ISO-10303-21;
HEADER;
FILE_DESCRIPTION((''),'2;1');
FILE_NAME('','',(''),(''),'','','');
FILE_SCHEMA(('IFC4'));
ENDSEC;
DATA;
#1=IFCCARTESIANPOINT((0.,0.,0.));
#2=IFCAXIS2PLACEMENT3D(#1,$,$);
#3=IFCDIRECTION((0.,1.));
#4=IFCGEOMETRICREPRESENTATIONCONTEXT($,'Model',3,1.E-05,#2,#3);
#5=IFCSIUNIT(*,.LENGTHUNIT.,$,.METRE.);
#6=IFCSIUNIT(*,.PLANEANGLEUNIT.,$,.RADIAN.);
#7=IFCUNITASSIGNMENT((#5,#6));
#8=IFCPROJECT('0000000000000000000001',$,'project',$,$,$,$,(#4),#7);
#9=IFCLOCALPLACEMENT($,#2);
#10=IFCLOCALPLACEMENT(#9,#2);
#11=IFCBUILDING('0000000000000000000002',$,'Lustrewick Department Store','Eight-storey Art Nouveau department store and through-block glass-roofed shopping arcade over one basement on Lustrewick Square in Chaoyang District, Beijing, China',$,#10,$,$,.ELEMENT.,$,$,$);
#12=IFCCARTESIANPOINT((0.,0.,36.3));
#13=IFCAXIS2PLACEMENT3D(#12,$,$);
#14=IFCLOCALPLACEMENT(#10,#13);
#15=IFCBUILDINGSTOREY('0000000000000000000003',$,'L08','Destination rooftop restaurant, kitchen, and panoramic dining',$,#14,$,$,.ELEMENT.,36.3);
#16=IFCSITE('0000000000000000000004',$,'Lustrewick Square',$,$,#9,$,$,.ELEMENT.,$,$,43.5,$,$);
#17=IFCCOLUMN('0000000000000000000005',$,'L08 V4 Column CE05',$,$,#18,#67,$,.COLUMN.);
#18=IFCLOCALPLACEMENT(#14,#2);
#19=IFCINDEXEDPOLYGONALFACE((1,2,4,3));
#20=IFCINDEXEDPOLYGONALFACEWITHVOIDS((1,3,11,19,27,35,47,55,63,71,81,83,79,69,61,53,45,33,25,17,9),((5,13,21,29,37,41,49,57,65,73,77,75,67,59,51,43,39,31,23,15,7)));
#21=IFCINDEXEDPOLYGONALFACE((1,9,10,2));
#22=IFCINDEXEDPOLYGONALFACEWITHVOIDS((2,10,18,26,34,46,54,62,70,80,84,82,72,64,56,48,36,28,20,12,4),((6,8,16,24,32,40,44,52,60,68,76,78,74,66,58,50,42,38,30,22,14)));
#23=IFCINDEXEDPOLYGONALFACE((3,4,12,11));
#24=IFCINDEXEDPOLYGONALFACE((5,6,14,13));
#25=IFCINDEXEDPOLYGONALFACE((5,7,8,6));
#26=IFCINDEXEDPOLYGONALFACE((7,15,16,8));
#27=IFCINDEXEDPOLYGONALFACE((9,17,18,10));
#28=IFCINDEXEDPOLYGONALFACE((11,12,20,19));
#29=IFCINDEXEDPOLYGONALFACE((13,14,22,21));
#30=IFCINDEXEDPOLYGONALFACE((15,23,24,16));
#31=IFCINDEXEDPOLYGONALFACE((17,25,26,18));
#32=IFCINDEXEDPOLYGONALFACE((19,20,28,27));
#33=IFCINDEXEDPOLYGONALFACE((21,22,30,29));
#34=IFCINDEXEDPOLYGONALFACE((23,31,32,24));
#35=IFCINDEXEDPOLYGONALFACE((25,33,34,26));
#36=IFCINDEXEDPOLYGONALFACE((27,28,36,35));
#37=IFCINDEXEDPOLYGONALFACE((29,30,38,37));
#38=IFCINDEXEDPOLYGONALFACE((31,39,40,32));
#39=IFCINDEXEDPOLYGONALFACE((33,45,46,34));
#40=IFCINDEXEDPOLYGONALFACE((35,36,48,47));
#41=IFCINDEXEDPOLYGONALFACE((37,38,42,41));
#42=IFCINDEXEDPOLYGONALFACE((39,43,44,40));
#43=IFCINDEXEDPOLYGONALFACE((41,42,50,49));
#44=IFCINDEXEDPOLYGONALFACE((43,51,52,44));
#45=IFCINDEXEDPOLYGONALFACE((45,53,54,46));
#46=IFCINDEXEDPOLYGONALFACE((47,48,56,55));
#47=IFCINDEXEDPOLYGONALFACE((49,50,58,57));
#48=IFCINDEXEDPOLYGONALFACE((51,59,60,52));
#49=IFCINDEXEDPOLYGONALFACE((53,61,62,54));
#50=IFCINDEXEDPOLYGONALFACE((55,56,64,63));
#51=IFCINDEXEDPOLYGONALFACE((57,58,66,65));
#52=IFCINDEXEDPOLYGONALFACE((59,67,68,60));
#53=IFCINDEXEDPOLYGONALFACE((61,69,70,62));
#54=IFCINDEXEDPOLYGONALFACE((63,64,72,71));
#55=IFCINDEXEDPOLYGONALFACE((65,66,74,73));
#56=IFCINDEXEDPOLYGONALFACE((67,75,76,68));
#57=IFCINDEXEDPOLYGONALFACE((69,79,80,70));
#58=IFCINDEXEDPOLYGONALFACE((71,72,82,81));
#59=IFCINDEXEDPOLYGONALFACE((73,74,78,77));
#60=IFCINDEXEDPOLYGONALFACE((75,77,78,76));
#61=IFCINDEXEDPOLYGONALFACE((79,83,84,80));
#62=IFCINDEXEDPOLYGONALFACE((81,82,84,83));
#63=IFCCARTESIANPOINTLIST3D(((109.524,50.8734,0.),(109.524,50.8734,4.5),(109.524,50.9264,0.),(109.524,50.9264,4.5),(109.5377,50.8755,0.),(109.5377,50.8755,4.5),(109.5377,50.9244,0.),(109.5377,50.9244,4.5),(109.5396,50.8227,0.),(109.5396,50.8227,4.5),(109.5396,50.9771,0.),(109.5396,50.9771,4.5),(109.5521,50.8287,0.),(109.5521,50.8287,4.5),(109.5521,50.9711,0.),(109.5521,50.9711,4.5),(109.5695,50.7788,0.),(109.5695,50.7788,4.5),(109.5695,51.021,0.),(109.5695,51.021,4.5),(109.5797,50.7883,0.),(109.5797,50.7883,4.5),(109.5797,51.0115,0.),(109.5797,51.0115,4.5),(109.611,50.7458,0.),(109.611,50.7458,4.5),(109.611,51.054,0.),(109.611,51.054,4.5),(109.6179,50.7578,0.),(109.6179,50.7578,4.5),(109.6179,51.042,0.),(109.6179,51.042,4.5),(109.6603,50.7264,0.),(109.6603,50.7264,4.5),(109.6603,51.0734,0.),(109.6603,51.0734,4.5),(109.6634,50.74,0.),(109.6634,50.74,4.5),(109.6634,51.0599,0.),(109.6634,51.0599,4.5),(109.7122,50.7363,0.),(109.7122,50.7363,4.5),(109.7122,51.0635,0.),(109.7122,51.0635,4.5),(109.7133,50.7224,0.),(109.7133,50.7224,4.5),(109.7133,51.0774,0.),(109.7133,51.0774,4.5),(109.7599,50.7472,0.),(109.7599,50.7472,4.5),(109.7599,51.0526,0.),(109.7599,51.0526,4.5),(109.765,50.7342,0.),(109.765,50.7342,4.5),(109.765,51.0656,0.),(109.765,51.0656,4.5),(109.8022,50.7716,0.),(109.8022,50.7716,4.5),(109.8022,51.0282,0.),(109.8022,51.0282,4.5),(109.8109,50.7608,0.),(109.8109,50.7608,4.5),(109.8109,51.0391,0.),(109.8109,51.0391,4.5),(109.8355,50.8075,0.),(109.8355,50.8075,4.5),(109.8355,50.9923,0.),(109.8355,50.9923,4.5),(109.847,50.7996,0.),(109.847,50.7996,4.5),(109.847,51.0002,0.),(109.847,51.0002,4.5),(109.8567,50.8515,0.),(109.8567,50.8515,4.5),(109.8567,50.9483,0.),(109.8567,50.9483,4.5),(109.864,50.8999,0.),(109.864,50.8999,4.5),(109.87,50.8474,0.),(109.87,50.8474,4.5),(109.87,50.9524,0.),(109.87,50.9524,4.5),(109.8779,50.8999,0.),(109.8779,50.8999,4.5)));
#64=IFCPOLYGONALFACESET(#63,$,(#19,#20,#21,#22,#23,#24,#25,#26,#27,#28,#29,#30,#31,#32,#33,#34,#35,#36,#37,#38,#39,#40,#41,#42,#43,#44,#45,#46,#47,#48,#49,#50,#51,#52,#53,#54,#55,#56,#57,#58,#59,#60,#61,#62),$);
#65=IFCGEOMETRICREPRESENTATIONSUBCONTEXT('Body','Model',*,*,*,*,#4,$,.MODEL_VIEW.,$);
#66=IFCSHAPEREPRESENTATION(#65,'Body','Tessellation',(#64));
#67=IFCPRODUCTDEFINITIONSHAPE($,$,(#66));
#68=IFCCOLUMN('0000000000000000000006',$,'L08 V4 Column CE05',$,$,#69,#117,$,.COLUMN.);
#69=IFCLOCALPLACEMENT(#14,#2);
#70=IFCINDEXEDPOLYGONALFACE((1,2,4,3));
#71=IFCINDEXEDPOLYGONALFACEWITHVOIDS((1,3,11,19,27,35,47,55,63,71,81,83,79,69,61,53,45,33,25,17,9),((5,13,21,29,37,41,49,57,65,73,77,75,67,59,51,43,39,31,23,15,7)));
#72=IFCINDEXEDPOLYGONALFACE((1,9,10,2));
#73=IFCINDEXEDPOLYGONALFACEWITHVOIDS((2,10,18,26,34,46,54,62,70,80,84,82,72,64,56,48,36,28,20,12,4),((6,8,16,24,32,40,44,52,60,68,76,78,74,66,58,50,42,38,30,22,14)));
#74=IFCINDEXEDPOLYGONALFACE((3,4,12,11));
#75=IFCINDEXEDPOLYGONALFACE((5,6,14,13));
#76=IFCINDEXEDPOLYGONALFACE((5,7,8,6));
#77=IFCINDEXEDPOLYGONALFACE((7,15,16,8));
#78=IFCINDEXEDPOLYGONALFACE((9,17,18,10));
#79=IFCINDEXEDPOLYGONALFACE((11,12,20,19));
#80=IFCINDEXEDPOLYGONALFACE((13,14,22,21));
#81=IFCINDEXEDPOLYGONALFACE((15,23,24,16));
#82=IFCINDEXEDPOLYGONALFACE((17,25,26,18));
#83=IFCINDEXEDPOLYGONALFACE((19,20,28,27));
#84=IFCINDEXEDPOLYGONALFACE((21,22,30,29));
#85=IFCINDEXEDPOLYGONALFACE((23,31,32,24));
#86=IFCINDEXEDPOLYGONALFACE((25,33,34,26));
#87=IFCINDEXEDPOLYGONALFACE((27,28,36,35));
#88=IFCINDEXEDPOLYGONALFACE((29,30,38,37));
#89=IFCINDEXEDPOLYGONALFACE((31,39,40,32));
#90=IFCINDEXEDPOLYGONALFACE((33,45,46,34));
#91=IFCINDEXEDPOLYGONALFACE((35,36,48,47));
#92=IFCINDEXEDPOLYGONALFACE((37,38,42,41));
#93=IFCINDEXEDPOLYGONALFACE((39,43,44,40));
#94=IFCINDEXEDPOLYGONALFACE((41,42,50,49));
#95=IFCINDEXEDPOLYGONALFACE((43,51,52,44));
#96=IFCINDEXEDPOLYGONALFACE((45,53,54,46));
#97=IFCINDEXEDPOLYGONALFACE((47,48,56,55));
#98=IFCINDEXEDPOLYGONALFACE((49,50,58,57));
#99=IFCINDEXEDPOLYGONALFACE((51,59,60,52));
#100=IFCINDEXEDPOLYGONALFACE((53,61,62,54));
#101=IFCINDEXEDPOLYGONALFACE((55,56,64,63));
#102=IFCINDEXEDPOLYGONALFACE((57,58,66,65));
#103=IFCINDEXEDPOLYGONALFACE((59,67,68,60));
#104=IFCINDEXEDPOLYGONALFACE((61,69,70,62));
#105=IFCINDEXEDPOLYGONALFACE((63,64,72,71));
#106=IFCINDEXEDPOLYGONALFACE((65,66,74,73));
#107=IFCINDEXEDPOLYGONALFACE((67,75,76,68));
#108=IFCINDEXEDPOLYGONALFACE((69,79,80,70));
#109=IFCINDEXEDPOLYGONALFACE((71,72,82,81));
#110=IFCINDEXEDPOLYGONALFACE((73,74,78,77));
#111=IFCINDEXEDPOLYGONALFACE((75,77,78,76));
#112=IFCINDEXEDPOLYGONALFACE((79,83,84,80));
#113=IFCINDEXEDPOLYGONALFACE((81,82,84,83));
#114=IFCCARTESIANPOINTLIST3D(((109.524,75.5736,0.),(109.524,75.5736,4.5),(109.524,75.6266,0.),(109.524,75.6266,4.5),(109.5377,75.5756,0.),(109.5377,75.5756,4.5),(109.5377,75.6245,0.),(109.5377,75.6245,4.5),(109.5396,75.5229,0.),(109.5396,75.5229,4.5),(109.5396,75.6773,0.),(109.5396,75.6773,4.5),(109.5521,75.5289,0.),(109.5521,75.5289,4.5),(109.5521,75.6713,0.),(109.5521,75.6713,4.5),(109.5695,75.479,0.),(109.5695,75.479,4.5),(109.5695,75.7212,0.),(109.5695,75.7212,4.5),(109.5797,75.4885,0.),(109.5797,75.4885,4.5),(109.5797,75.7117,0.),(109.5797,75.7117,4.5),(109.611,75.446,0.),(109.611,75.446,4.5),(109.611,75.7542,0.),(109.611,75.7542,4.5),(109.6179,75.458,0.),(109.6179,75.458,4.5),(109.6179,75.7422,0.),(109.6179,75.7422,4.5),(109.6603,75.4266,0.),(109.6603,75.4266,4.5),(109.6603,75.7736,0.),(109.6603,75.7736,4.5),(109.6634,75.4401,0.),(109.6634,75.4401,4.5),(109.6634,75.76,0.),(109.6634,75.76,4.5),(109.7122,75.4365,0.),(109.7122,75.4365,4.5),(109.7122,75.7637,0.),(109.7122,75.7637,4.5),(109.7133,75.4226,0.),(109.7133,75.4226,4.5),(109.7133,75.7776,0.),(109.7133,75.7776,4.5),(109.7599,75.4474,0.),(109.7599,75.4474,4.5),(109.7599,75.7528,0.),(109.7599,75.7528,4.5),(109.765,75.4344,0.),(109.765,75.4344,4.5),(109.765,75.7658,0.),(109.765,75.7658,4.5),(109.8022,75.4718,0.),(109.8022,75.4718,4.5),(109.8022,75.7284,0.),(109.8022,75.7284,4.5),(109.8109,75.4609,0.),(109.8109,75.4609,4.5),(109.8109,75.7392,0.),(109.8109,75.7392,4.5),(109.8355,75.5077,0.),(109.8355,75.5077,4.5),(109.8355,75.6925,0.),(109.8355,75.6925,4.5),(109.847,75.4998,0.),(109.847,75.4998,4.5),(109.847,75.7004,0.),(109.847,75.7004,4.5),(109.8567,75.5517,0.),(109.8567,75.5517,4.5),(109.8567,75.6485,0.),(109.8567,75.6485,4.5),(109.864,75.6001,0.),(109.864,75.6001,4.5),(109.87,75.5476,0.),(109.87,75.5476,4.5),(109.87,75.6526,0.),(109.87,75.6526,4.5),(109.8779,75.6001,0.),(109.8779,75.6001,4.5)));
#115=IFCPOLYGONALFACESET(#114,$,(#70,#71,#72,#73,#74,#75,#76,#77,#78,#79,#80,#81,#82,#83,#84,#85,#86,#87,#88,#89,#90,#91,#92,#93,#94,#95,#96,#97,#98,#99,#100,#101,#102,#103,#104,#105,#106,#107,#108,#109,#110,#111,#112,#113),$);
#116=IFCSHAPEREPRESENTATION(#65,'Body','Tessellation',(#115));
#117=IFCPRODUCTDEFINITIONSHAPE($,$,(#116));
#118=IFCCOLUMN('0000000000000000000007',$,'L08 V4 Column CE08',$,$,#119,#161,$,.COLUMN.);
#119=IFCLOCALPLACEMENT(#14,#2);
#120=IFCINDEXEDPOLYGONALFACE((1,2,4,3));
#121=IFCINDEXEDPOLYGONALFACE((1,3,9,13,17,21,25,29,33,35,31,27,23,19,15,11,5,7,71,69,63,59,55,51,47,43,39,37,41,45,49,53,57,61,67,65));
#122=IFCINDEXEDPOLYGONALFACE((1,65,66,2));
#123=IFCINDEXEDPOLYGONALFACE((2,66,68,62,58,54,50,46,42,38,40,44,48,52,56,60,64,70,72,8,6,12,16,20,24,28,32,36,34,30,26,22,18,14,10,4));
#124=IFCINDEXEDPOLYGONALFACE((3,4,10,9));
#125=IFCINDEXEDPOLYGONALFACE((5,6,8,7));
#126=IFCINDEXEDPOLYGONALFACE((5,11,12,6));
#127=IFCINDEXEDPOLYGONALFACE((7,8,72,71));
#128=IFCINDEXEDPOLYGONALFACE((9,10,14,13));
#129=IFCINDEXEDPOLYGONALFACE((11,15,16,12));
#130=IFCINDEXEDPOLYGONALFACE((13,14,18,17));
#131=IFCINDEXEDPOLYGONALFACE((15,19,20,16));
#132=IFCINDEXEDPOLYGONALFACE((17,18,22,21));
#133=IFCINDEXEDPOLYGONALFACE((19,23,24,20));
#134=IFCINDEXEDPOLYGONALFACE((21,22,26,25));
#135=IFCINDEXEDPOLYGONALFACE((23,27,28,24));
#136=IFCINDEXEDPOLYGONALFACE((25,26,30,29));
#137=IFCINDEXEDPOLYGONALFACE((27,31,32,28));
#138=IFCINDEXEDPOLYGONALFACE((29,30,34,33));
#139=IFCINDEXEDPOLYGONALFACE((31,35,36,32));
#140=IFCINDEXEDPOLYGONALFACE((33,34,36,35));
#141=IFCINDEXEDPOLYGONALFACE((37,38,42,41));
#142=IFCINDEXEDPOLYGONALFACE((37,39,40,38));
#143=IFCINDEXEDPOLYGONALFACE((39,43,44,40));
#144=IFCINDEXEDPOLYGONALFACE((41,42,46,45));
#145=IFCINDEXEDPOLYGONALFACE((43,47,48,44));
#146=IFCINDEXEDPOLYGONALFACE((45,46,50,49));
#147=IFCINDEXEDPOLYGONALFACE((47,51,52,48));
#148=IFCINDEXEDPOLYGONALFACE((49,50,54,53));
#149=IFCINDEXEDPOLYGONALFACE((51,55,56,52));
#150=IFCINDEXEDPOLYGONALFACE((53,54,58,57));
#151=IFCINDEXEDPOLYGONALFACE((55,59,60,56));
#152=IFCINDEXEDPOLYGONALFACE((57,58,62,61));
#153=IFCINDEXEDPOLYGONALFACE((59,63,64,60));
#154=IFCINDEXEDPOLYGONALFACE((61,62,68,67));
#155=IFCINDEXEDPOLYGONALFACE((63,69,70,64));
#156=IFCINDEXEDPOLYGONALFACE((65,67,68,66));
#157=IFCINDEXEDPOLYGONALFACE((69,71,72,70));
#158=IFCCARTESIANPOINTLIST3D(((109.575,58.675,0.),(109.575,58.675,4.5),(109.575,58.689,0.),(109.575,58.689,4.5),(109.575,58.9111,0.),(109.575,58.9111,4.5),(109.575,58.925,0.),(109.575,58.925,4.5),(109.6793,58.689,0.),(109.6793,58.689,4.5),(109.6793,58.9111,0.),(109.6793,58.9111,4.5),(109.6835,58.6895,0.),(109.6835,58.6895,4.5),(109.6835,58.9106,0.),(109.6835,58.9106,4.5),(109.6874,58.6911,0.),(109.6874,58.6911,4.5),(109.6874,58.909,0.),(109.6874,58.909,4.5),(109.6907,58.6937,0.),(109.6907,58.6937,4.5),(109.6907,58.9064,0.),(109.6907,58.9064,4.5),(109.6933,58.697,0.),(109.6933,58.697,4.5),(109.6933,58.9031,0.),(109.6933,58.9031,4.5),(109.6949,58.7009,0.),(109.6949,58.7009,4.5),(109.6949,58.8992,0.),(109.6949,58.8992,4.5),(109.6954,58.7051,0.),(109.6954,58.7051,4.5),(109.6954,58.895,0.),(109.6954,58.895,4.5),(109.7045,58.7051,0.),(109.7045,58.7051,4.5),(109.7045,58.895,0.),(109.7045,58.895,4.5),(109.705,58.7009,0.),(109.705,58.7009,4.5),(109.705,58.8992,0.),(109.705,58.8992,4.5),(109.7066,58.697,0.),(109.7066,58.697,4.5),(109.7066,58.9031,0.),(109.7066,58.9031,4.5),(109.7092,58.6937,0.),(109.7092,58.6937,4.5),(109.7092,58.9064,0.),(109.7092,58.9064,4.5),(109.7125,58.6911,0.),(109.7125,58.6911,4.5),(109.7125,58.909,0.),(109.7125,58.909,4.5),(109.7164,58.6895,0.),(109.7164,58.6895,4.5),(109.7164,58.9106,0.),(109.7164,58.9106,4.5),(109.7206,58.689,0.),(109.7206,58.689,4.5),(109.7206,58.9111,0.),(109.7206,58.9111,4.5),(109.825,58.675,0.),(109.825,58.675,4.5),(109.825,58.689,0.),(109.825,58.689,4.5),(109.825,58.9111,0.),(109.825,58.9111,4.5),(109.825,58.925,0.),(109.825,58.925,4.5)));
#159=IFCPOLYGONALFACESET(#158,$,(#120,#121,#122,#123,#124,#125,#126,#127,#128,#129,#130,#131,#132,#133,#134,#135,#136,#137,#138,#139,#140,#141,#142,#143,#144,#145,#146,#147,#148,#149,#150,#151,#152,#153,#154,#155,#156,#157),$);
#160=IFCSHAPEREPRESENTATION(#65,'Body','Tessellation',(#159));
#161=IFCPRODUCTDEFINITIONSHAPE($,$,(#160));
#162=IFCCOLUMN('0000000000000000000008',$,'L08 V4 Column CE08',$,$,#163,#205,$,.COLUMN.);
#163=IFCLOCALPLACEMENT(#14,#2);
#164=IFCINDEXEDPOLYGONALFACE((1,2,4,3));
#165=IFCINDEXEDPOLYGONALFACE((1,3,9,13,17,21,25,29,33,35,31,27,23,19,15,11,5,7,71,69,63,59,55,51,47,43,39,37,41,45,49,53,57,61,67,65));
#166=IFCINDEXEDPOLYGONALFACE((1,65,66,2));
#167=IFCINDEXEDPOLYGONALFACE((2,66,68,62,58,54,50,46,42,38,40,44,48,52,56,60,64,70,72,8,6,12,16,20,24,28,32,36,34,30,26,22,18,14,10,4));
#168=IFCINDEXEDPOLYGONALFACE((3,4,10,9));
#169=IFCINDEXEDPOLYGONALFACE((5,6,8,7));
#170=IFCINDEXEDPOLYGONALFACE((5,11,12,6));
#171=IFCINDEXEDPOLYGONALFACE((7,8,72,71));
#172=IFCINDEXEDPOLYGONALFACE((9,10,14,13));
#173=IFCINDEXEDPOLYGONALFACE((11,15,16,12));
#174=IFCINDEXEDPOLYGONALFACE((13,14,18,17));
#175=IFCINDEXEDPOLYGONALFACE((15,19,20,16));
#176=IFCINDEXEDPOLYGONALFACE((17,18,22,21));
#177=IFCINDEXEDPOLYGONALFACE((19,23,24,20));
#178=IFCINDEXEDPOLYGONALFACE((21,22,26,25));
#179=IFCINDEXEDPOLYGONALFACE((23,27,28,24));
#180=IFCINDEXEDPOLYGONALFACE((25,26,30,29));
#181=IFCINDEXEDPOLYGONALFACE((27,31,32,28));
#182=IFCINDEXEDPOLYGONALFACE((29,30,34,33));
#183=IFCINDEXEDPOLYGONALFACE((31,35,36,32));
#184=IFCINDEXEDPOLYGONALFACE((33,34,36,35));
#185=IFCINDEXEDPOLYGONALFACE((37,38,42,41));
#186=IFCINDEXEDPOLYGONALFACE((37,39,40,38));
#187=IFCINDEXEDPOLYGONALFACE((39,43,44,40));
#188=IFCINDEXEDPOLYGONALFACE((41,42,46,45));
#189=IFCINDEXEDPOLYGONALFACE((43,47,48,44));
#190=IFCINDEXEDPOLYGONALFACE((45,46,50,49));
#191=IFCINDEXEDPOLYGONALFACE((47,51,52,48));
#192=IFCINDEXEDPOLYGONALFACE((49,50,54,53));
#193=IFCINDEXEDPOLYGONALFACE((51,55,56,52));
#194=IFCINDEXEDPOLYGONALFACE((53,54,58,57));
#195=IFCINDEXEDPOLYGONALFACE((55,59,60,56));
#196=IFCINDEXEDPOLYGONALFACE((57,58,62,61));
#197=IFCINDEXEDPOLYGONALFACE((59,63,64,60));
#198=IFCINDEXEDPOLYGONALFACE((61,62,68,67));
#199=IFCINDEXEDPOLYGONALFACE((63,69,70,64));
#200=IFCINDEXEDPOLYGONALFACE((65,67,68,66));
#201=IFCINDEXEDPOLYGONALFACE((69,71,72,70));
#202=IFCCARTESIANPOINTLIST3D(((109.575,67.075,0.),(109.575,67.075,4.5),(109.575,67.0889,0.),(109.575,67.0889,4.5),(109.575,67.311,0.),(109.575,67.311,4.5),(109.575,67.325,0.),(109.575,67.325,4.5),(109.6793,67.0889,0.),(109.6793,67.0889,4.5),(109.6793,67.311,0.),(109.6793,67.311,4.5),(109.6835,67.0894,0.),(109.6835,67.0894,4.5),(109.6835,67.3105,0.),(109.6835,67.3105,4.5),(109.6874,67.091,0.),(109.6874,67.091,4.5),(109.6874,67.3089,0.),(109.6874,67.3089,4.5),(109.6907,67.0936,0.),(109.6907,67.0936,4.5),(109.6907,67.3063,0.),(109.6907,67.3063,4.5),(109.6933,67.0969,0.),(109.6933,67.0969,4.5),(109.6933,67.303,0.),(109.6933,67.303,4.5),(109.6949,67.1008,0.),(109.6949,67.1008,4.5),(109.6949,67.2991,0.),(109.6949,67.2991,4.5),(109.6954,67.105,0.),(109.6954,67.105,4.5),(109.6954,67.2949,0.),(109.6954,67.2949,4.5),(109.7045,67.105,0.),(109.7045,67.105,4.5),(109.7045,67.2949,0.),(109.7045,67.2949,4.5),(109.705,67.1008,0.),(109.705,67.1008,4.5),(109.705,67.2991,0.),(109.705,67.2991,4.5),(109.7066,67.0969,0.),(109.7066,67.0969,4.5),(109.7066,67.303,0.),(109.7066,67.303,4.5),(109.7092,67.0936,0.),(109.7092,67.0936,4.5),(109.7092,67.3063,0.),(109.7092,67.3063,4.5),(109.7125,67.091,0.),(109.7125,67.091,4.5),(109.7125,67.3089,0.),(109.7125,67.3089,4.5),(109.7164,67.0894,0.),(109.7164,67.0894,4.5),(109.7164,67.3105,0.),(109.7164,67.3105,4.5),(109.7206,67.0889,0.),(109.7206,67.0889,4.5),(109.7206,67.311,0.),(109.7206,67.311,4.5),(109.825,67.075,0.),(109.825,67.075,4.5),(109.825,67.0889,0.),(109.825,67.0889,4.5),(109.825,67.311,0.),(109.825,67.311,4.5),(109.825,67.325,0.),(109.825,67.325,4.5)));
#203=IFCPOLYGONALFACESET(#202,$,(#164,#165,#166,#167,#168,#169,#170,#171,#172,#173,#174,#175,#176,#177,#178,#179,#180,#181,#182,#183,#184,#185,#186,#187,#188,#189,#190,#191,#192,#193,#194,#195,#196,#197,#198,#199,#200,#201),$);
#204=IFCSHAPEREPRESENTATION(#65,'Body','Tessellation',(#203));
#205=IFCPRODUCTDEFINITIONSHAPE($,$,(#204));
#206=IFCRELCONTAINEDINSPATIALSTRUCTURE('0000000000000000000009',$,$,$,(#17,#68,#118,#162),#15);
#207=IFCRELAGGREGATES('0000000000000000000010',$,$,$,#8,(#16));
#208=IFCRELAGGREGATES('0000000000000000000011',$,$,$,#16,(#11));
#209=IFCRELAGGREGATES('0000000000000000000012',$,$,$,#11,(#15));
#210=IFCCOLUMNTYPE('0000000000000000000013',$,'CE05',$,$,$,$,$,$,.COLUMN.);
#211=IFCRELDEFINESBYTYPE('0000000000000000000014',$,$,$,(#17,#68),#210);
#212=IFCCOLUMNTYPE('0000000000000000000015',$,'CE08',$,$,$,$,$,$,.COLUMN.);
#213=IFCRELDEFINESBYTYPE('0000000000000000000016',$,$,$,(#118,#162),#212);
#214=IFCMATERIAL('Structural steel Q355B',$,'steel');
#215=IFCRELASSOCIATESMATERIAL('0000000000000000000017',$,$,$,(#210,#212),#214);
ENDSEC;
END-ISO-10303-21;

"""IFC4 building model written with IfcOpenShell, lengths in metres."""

from ifc_helpers import new_model, si_unit, direction, frame, origin, origin_2d, place, context, subcontext, project, spatial, hollow_circle, i_section, extrude, material, material_profile, profile_set, type_object, element, save


model = new_model("IFC4")

# Units and contexts
model_context = context("Model", 3, precision=1e-05, world=origin(), true_north=direction((0.0, 1.0)))
body_context = subcontext(model_context, "Body", "Model", "MODEL_VIEW")
ifc_project = project(units=[si_unit("LENGTHUNIT", "METRE"), si_unit("PLANEANGLEUNIT", "RADIAN")], contexts=[model_context])

# Site, building, storey
site_placement = place(None, origin())
site = spatial("IfcSite", under=ifc_project, at=site_placement, Name="Lustrewick Square", CompositionType="ELEMENT", RefElevation=43.5)
building_placement = place(site_placement, origin())
building = spatial("IfcBuilding", under=site, at=building_placement, Name="Lustrewick Department Store", Description="Eight-storey Art Nouveau department store and through-block glass-roofed shopping arcade over one basement on Lustrewick Square in Chaoyang District, Beijing, China", CompositionType="ELEMENT")
storey_placement = place(building_placement, frame((0.0, 0.0, 36.3)))
storey = spatial("IfcBuildingStorey", under=building, at=storey_placement, Name="L08", Description="Destination rooftop restaurant, kitchen, and panoramic dining", CompositionType="ELEMENT", Elevation=36.3)

# Columns
ifc_material_1 = material(Name="Structural steel Q355B", Category="steel")
ifc_material_profile_1 = material_profile(ifc_material_1, hollow_circle(Radius=0.178, WallThickness=0.0139, at=origin_2d()), Name="CHS 356x14")
ifc_profile_set_1 = profile_set([ifc_material_profile_1], Name="Structural steel Q355B")
column_type_1 = type_object("IfcColumnType", Name="CE05", PredefinedType="COLUMN", material=ifc_profile_set_1)
for number, where, z_axis, x_axis, name in (
    (1, (109.7, 50.8999, 0.0), (0.0, 0.0, 1.0), (1.0, 0.0, 0.0), "L08 V4 Column CE05"),
    (2, (109.7, 75.6001, 0.0), (0.0, 0.0, 1.0), (1.0, 0.0, 0.0), "L08 V4 Column CE05"),
):
    element("IfcColumn", number, at=place(storey_placement, frame(where, z_axis=z_axis, x_axis=x_axis)), inside=storey, type_object=column_type_1, Name=name, PredefinedType="COLUMN", context=body_context, shape_type="SweptSolid", body=[
        extrude(hollow_circle(Radius=0.178, WallThickness=0.0139, at=origin_2d()), origin(), (0.0, 0.0, 1.0), 4.5),
    ])
ifc_material_profile_2 = material_profile(ifc_material_1, i_section(OverallWidth=0.25, OverallDepth=0.25, WebThickness=0.009, FlangeThickness=0.0139, FilletRadius=0.0161, at=origin_2d()), Name="HW 250x250x9x14")
ifc_profile_set_2 = profile_set([ifc_material_profile_2], Name="Structural steel Q355B")
column_type_2 = type_object("IfcColumnType", Name="CE08", PredefinedType="COLUMN", material=ifc_profile_set_2)
for number, where, z_axis, x_axis, name in (
    (3, (109.7, 58.8, 0.0), (0.0, 0.0, 1.0), (1.0, 0.0, 0.0), "L08 V4 Column CE08"),
    (4, (109.7, 67.2, 0.0), (0.0, 0.0, 1.0), (1.0, 0.0, 0.0), "L08 V4 Column CE08"),
):
    element("IfcColumn", number, at=place(storey_placement, frame(where, z_axis=z_axis, x_axis=x_axis)), inside=storey, type_object=column_type_2, Name=name, PredefinedType="COLUMN", context=body_context, shape_type="SweptSolid", body=[
        extrude(i_section(OverallWidth=0.25, OverallDepth=0.25, WebThickness=0.009, FlangeThickness=0.0139, FilletRadius=0.0161, at=origin_2d()), origin(), (0.0, 0.0, 1.0), 4.5),
    ])

save(model, "model.ifc")
